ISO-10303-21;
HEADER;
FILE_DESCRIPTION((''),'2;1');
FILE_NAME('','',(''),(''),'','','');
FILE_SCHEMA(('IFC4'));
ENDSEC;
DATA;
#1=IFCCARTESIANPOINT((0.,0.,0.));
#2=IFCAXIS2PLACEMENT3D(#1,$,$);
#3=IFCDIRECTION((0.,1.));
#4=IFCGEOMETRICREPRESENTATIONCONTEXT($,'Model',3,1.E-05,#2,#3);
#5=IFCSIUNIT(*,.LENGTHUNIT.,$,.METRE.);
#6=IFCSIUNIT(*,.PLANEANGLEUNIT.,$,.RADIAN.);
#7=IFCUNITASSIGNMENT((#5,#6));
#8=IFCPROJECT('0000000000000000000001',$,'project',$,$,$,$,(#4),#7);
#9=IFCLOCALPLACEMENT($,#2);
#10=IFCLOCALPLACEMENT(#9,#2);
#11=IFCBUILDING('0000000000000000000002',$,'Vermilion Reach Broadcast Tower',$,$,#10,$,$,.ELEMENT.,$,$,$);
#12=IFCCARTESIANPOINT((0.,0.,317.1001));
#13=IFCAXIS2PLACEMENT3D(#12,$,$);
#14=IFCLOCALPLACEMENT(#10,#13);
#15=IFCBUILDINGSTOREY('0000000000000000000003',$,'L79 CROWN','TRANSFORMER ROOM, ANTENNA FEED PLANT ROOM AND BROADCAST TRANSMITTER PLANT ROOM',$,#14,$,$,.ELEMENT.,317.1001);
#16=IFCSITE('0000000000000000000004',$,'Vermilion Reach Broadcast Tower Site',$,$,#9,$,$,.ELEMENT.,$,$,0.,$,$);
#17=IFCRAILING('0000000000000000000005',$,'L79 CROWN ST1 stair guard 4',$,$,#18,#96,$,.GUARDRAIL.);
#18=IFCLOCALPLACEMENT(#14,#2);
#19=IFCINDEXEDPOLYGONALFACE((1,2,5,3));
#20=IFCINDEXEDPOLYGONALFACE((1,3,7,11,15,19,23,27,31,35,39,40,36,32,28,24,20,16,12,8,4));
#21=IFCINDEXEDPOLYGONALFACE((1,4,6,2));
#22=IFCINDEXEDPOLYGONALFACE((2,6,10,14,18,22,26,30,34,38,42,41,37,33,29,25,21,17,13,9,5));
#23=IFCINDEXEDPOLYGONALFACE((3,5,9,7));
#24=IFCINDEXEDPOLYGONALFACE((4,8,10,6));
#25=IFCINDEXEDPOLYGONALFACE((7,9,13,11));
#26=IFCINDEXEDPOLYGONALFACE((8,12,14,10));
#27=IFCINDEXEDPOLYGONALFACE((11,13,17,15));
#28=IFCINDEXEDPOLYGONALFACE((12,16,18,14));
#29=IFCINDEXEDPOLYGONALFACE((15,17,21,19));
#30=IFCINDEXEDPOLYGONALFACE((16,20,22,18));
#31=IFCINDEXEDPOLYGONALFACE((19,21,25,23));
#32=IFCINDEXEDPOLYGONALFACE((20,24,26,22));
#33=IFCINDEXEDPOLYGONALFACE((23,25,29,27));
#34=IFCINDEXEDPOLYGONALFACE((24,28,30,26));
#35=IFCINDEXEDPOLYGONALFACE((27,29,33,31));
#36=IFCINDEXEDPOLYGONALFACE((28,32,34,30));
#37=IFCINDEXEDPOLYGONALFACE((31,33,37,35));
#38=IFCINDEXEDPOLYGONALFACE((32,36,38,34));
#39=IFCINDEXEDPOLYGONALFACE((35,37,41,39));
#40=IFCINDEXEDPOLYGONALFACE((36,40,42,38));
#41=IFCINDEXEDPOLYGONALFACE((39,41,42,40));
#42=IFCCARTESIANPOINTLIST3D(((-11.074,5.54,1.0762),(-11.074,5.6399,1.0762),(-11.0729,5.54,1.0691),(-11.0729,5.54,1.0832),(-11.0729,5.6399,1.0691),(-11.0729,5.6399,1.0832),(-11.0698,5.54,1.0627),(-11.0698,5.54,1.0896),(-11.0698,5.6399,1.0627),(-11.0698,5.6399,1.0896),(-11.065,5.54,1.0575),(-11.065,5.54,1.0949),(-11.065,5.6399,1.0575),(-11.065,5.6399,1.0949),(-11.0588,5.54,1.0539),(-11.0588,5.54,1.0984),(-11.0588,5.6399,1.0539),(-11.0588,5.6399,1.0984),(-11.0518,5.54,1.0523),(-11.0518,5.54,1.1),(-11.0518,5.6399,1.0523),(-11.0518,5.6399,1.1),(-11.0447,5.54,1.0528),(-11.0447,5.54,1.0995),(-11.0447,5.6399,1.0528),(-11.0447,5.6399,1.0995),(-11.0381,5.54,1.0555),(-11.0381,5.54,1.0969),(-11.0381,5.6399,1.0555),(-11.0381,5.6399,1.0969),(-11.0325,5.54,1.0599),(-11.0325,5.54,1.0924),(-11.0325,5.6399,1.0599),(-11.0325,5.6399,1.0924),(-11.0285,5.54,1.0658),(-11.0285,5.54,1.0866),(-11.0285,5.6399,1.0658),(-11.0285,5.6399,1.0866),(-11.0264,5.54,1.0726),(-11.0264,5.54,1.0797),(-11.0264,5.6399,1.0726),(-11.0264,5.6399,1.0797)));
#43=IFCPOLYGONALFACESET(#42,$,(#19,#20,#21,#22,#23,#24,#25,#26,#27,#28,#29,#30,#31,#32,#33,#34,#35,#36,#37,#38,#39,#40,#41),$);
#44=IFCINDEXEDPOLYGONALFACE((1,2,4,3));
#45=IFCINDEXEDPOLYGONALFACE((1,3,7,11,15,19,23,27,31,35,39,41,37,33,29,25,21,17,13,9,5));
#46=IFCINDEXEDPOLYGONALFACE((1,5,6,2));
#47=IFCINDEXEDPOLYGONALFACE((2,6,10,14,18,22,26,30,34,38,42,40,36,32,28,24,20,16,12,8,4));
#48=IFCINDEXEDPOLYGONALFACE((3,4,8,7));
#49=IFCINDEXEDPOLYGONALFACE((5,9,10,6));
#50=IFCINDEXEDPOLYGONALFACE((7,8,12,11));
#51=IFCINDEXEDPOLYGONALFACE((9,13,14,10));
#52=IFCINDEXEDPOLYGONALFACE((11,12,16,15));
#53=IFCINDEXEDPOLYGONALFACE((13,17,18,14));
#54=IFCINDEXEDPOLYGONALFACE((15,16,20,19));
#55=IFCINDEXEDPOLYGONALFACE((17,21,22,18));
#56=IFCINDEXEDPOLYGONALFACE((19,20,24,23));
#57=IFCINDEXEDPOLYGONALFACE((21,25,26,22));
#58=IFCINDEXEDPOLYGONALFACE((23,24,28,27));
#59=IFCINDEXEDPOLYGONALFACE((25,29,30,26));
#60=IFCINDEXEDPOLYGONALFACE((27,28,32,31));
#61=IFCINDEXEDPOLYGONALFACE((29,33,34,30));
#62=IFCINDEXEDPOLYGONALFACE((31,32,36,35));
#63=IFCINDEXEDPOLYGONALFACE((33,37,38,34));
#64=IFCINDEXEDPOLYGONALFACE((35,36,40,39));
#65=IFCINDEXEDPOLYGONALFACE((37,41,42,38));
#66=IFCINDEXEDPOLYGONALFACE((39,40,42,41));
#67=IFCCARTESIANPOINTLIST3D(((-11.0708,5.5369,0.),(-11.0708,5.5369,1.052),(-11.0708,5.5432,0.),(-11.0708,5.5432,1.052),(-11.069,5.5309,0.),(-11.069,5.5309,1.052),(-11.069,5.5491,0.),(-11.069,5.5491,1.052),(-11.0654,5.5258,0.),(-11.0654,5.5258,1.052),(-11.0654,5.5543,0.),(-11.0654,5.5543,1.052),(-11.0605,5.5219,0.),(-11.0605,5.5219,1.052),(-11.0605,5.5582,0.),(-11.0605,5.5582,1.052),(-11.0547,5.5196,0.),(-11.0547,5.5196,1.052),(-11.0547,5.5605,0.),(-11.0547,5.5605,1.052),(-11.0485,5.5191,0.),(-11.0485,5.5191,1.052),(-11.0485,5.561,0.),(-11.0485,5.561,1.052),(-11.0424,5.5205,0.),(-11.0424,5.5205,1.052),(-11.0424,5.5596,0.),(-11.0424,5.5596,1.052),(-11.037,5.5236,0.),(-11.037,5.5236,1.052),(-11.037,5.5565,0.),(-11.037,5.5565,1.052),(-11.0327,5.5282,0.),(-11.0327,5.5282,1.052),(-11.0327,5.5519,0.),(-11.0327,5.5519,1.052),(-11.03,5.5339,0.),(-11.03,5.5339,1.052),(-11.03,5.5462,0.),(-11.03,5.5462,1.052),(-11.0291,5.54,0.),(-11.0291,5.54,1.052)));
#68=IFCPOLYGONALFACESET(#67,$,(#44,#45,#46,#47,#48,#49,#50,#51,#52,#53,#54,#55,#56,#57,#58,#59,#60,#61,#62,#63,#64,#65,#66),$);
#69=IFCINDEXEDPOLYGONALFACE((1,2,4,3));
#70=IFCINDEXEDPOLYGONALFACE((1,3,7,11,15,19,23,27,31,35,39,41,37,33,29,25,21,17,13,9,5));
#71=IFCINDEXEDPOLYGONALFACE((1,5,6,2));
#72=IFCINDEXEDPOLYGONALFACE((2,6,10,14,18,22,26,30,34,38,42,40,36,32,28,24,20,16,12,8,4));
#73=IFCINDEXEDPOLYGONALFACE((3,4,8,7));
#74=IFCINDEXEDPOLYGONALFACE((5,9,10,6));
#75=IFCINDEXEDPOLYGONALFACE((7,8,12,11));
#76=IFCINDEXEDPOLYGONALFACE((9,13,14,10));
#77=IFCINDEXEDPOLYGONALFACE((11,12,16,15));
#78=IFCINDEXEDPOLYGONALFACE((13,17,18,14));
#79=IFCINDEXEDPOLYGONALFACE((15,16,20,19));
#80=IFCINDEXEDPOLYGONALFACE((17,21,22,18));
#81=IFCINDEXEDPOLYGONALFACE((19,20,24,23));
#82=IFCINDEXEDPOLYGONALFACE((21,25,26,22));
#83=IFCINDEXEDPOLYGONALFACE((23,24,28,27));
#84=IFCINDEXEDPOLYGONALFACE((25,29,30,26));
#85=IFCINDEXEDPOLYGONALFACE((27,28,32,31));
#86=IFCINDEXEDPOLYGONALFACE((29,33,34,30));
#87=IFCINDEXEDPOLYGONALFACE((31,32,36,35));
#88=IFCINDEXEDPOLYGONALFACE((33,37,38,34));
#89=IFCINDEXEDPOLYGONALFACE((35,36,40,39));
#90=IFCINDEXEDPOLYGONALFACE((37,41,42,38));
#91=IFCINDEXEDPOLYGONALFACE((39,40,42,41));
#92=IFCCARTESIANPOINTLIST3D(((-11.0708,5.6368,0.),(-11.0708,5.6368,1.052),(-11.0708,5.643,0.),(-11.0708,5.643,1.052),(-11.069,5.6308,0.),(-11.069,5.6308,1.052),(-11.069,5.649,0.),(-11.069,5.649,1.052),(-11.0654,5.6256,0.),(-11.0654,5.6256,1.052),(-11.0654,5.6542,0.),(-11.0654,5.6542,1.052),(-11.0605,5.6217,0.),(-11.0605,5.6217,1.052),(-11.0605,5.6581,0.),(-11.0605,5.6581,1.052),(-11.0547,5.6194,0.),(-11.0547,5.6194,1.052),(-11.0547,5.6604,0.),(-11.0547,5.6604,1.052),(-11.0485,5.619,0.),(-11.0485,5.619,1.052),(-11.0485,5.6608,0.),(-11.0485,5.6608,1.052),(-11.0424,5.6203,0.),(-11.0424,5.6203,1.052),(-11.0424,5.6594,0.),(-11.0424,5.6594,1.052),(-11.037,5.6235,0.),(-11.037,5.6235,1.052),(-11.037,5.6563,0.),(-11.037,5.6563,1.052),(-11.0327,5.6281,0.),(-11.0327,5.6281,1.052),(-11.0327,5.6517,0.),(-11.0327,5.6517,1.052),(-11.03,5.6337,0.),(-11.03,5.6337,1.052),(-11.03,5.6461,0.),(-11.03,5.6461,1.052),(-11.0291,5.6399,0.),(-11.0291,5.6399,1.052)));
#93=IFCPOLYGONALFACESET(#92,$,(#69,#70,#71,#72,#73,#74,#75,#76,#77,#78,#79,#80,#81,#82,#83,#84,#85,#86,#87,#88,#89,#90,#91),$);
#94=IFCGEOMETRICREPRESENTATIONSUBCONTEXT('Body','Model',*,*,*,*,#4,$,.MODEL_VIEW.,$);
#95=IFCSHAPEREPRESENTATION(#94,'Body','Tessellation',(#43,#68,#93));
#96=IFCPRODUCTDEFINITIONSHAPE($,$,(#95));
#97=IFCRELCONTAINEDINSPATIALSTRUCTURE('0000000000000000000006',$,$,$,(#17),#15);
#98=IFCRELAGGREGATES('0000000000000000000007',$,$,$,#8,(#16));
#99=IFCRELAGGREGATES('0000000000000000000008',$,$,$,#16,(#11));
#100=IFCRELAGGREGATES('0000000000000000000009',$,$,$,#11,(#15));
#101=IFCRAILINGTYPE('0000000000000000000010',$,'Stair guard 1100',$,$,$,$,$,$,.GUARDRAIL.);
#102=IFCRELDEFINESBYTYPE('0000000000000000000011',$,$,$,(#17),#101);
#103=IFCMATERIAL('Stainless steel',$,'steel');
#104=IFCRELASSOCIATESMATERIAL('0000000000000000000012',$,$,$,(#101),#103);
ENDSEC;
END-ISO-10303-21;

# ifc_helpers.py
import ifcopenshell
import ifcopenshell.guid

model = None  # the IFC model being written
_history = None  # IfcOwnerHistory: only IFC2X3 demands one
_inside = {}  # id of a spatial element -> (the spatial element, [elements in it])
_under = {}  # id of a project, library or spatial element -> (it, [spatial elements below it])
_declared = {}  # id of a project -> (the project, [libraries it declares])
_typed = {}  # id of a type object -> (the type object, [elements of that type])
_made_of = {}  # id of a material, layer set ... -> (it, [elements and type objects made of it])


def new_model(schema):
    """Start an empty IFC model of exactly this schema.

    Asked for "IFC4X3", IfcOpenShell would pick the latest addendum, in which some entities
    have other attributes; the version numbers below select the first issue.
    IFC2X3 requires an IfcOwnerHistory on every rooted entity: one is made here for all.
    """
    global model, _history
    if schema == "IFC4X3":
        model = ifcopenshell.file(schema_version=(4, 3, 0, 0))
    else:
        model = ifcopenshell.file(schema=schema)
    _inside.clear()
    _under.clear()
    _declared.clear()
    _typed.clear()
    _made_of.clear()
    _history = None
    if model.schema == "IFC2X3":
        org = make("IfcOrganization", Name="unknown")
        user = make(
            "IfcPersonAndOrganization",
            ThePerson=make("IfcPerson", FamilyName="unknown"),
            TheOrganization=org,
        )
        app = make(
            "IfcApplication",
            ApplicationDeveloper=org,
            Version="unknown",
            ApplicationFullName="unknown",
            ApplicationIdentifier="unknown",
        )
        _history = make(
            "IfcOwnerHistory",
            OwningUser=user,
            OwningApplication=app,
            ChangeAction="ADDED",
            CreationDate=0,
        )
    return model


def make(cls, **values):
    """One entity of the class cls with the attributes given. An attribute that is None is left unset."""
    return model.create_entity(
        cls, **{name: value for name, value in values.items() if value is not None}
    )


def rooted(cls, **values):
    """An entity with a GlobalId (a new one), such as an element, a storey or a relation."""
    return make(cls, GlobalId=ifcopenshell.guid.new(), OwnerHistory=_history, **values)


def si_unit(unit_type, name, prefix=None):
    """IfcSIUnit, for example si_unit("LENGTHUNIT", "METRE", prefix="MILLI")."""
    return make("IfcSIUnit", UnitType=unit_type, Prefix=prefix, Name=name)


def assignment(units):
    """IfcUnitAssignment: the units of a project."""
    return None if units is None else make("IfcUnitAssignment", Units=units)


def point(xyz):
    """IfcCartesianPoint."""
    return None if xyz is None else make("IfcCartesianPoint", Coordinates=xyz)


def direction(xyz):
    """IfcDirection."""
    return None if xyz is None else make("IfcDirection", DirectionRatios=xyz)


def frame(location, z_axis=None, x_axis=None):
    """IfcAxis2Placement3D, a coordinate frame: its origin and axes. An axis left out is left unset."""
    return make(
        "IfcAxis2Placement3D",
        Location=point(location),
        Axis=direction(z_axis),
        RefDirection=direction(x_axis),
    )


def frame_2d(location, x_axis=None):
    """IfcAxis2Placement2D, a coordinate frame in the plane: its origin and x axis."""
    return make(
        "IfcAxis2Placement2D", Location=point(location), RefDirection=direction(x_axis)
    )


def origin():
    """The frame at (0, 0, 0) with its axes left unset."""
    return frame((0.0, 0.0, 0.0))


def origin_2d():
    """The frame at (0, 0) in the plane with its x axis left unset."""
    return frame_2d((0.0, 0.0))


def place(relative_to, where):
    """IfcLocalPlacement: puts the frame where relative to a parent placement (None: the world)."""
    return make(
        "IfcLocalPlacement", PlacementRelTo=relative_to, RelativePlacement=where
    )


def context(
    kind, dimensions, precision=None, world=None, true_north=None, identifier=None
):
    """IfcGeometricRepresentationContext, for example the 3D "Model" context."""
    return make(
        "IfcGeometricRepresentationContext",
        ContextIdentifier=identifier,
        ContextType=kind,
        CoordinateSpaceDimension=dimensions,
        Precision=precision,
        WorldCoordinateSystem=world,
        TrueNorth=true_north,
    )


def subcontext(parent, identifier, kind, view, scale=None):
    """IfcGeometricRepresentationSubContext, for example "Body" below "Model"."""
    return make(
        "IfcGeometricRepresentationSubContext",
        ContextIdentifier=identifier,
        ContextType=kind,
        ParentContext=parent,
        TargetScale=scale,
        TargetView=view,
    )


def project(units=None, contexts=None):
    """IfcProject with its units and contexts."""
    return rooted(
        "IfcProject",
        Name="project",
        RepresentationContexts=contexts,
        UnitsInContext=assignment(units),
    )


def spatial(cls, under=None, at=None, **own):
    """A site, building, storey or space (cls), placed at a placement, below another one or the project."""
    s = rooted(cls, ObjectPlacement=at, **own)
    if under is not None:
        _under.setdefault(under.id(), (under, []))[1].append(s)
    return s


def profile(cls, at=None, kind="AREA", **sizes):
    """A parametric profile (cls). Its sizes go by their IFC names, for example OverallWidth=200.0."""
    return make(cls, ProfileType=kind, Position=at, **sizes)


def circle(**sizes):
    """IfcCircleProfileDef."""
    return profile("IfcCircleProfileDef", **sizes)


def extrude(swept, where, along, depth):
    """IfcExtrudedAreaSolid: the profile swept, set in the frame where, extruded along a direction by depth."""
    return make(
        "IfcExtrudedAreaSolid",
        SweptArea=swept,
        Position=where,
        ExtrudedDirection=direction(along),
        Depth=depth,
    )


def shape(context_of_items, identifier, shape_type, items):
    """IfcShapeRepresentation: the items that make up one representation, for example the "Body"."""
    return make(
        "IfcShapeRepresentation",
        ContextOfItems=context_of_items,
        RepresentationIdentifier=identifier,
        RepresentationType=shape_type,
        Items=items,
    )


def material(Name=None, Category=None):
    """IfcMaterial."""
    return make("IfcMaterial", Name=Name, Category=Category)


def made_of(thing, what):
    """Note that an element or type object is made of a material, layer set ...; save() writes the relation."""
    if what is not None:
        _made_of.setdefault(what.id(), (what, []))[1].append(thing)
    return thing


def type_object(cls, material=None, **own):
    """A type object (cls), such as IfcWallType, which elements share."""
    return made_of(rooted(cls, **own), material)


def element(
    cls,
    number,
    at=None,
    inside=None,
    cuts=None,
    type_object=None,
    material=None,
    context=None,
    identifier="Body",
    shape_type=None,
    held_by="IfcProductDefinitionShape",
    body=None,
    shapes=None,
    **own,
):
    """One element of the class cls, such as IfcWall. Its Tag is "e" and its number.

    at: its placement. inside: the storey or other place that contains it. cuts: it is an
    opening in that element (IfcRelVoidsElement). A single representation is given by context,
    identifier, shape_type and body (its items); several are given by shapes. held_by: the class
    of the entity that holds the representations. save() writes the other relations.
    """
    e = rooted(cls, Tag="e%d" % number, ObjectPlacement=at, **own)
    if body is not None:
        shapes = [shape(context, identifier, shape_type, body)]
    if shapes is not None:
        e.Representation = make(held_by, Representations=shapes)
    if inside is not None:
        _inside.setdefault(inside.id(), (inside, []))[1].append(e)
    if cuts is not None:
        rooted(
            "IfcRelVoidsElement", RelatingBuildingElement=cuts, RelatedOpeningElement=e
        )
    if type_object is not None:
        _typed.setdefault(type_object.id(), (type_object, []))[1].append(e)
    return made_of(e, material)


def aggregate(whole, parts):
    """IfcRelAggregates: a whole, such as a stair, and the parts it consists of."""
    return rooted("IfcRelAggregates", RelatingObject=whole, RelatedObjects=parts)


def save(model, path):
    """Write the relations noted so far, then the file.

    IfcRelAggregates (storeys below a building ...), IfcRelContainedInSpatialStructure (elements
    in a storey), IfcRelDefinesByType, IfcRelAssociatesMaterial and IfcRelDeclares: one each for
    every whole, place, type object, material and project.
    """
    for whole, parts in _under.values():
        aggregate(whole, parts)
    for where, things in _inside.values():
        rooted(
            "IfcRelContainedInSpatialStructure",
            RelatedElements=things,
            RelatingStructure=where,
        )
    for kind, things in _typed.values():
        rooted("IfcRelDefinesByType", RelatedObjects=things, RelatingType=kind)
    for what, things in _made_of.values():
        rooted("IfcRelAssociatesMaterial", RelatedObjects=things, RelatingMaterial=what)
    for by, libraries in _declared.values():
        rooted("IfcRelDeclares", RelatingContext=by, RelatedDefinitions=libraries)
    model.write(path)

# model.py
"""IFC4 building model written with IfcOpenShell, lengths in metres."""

from ifc_helpers import new_model, si_unit, direction, frame, origin, origin_2d, place, context, subcontext, project, spatial, circle, extrude, material, type_object, element, save


model = new_model("IFC4")

# Units and contexts
model_context = context("Model", 3, precision=1e-05, world=origin(), true_north=direction((0.0, 1.0)))
body_context = subcontext(model_context, "Body", "Model", "MODEL_VIEW")
ifc_project = project(units=[si_unit("LENGTHUNIT", "METRE"), si_unit("PLANEANGLEUNIT", "RADIAN")], contexts=[model_context])

# Site, building, storey
site_placement = place(None, origin())
site = spatial("IfcSite", under=ifc_project, at=site_placement, Name="Vermilion Reach Broadcast Tower Site", CompositionType="ELEMENT", RefElevation=0.0)
building_placement = place(site_placement, origin())
building = spatial("IfcBuilding", under=site, at=building_placement, Name="Vermilion Reach Broadcast Tower", CompositionType="ELEMENT")
storey_placement = place(building_placement, frame((0.0, 0.0, 317.1001)))
storey = spatial("IfcBuildingStorey", under=building, at=storey_placement, Name="L79 CROWN", Description="TRANSFORMER ROOM, ANTENNA FEED PLANT ROOM AND BROADCAST TRANSMITTER PLANT ROOM", CompositionType="ELEMENT", Elevation=317.1001)

# Railing
ifc_material_1 = material(Name="Stainless steel", Category="steel")
railing_type_1 = type_object("IfcRailingType", Name="Stair guard 1100", PredefinedType="GUARDRAIL", material=ifc_material_1)
railing_1_placement = place(storey_placement, frame((-11.05, 5.54, 0.0)))
element("IfcRailing", 1, at=railing_1_placement, inside=storey, type_object=railing_type_1, Name="L79 CROWN ST1 stair guard 4", PredefinedType="GUARDRAIL", context=body_context, shape_type="SweptSolid", body=[
    extrude(circle(Radius=0.0239, at=origin_2d()), frame((0.0, 0.0, 1.0762), z_axis=(0.0, 1.0, 0.0), x_axis=(-1.0, 0.0, 0.0)), (0.0, 0.0, 1.0), 0.0999),
    extrude(circle(Radius=0.021, at=origin_2d()), origin(), (0.0, 0.0, 1.0), 1.052),
    extrude(circle(Radius=0.021, at=origin_2d()), frame((0.0, 0.0999, 0.0)), (0.0, 0.0, 1.0), 1.052),
])

save(model, "model.ifc")
